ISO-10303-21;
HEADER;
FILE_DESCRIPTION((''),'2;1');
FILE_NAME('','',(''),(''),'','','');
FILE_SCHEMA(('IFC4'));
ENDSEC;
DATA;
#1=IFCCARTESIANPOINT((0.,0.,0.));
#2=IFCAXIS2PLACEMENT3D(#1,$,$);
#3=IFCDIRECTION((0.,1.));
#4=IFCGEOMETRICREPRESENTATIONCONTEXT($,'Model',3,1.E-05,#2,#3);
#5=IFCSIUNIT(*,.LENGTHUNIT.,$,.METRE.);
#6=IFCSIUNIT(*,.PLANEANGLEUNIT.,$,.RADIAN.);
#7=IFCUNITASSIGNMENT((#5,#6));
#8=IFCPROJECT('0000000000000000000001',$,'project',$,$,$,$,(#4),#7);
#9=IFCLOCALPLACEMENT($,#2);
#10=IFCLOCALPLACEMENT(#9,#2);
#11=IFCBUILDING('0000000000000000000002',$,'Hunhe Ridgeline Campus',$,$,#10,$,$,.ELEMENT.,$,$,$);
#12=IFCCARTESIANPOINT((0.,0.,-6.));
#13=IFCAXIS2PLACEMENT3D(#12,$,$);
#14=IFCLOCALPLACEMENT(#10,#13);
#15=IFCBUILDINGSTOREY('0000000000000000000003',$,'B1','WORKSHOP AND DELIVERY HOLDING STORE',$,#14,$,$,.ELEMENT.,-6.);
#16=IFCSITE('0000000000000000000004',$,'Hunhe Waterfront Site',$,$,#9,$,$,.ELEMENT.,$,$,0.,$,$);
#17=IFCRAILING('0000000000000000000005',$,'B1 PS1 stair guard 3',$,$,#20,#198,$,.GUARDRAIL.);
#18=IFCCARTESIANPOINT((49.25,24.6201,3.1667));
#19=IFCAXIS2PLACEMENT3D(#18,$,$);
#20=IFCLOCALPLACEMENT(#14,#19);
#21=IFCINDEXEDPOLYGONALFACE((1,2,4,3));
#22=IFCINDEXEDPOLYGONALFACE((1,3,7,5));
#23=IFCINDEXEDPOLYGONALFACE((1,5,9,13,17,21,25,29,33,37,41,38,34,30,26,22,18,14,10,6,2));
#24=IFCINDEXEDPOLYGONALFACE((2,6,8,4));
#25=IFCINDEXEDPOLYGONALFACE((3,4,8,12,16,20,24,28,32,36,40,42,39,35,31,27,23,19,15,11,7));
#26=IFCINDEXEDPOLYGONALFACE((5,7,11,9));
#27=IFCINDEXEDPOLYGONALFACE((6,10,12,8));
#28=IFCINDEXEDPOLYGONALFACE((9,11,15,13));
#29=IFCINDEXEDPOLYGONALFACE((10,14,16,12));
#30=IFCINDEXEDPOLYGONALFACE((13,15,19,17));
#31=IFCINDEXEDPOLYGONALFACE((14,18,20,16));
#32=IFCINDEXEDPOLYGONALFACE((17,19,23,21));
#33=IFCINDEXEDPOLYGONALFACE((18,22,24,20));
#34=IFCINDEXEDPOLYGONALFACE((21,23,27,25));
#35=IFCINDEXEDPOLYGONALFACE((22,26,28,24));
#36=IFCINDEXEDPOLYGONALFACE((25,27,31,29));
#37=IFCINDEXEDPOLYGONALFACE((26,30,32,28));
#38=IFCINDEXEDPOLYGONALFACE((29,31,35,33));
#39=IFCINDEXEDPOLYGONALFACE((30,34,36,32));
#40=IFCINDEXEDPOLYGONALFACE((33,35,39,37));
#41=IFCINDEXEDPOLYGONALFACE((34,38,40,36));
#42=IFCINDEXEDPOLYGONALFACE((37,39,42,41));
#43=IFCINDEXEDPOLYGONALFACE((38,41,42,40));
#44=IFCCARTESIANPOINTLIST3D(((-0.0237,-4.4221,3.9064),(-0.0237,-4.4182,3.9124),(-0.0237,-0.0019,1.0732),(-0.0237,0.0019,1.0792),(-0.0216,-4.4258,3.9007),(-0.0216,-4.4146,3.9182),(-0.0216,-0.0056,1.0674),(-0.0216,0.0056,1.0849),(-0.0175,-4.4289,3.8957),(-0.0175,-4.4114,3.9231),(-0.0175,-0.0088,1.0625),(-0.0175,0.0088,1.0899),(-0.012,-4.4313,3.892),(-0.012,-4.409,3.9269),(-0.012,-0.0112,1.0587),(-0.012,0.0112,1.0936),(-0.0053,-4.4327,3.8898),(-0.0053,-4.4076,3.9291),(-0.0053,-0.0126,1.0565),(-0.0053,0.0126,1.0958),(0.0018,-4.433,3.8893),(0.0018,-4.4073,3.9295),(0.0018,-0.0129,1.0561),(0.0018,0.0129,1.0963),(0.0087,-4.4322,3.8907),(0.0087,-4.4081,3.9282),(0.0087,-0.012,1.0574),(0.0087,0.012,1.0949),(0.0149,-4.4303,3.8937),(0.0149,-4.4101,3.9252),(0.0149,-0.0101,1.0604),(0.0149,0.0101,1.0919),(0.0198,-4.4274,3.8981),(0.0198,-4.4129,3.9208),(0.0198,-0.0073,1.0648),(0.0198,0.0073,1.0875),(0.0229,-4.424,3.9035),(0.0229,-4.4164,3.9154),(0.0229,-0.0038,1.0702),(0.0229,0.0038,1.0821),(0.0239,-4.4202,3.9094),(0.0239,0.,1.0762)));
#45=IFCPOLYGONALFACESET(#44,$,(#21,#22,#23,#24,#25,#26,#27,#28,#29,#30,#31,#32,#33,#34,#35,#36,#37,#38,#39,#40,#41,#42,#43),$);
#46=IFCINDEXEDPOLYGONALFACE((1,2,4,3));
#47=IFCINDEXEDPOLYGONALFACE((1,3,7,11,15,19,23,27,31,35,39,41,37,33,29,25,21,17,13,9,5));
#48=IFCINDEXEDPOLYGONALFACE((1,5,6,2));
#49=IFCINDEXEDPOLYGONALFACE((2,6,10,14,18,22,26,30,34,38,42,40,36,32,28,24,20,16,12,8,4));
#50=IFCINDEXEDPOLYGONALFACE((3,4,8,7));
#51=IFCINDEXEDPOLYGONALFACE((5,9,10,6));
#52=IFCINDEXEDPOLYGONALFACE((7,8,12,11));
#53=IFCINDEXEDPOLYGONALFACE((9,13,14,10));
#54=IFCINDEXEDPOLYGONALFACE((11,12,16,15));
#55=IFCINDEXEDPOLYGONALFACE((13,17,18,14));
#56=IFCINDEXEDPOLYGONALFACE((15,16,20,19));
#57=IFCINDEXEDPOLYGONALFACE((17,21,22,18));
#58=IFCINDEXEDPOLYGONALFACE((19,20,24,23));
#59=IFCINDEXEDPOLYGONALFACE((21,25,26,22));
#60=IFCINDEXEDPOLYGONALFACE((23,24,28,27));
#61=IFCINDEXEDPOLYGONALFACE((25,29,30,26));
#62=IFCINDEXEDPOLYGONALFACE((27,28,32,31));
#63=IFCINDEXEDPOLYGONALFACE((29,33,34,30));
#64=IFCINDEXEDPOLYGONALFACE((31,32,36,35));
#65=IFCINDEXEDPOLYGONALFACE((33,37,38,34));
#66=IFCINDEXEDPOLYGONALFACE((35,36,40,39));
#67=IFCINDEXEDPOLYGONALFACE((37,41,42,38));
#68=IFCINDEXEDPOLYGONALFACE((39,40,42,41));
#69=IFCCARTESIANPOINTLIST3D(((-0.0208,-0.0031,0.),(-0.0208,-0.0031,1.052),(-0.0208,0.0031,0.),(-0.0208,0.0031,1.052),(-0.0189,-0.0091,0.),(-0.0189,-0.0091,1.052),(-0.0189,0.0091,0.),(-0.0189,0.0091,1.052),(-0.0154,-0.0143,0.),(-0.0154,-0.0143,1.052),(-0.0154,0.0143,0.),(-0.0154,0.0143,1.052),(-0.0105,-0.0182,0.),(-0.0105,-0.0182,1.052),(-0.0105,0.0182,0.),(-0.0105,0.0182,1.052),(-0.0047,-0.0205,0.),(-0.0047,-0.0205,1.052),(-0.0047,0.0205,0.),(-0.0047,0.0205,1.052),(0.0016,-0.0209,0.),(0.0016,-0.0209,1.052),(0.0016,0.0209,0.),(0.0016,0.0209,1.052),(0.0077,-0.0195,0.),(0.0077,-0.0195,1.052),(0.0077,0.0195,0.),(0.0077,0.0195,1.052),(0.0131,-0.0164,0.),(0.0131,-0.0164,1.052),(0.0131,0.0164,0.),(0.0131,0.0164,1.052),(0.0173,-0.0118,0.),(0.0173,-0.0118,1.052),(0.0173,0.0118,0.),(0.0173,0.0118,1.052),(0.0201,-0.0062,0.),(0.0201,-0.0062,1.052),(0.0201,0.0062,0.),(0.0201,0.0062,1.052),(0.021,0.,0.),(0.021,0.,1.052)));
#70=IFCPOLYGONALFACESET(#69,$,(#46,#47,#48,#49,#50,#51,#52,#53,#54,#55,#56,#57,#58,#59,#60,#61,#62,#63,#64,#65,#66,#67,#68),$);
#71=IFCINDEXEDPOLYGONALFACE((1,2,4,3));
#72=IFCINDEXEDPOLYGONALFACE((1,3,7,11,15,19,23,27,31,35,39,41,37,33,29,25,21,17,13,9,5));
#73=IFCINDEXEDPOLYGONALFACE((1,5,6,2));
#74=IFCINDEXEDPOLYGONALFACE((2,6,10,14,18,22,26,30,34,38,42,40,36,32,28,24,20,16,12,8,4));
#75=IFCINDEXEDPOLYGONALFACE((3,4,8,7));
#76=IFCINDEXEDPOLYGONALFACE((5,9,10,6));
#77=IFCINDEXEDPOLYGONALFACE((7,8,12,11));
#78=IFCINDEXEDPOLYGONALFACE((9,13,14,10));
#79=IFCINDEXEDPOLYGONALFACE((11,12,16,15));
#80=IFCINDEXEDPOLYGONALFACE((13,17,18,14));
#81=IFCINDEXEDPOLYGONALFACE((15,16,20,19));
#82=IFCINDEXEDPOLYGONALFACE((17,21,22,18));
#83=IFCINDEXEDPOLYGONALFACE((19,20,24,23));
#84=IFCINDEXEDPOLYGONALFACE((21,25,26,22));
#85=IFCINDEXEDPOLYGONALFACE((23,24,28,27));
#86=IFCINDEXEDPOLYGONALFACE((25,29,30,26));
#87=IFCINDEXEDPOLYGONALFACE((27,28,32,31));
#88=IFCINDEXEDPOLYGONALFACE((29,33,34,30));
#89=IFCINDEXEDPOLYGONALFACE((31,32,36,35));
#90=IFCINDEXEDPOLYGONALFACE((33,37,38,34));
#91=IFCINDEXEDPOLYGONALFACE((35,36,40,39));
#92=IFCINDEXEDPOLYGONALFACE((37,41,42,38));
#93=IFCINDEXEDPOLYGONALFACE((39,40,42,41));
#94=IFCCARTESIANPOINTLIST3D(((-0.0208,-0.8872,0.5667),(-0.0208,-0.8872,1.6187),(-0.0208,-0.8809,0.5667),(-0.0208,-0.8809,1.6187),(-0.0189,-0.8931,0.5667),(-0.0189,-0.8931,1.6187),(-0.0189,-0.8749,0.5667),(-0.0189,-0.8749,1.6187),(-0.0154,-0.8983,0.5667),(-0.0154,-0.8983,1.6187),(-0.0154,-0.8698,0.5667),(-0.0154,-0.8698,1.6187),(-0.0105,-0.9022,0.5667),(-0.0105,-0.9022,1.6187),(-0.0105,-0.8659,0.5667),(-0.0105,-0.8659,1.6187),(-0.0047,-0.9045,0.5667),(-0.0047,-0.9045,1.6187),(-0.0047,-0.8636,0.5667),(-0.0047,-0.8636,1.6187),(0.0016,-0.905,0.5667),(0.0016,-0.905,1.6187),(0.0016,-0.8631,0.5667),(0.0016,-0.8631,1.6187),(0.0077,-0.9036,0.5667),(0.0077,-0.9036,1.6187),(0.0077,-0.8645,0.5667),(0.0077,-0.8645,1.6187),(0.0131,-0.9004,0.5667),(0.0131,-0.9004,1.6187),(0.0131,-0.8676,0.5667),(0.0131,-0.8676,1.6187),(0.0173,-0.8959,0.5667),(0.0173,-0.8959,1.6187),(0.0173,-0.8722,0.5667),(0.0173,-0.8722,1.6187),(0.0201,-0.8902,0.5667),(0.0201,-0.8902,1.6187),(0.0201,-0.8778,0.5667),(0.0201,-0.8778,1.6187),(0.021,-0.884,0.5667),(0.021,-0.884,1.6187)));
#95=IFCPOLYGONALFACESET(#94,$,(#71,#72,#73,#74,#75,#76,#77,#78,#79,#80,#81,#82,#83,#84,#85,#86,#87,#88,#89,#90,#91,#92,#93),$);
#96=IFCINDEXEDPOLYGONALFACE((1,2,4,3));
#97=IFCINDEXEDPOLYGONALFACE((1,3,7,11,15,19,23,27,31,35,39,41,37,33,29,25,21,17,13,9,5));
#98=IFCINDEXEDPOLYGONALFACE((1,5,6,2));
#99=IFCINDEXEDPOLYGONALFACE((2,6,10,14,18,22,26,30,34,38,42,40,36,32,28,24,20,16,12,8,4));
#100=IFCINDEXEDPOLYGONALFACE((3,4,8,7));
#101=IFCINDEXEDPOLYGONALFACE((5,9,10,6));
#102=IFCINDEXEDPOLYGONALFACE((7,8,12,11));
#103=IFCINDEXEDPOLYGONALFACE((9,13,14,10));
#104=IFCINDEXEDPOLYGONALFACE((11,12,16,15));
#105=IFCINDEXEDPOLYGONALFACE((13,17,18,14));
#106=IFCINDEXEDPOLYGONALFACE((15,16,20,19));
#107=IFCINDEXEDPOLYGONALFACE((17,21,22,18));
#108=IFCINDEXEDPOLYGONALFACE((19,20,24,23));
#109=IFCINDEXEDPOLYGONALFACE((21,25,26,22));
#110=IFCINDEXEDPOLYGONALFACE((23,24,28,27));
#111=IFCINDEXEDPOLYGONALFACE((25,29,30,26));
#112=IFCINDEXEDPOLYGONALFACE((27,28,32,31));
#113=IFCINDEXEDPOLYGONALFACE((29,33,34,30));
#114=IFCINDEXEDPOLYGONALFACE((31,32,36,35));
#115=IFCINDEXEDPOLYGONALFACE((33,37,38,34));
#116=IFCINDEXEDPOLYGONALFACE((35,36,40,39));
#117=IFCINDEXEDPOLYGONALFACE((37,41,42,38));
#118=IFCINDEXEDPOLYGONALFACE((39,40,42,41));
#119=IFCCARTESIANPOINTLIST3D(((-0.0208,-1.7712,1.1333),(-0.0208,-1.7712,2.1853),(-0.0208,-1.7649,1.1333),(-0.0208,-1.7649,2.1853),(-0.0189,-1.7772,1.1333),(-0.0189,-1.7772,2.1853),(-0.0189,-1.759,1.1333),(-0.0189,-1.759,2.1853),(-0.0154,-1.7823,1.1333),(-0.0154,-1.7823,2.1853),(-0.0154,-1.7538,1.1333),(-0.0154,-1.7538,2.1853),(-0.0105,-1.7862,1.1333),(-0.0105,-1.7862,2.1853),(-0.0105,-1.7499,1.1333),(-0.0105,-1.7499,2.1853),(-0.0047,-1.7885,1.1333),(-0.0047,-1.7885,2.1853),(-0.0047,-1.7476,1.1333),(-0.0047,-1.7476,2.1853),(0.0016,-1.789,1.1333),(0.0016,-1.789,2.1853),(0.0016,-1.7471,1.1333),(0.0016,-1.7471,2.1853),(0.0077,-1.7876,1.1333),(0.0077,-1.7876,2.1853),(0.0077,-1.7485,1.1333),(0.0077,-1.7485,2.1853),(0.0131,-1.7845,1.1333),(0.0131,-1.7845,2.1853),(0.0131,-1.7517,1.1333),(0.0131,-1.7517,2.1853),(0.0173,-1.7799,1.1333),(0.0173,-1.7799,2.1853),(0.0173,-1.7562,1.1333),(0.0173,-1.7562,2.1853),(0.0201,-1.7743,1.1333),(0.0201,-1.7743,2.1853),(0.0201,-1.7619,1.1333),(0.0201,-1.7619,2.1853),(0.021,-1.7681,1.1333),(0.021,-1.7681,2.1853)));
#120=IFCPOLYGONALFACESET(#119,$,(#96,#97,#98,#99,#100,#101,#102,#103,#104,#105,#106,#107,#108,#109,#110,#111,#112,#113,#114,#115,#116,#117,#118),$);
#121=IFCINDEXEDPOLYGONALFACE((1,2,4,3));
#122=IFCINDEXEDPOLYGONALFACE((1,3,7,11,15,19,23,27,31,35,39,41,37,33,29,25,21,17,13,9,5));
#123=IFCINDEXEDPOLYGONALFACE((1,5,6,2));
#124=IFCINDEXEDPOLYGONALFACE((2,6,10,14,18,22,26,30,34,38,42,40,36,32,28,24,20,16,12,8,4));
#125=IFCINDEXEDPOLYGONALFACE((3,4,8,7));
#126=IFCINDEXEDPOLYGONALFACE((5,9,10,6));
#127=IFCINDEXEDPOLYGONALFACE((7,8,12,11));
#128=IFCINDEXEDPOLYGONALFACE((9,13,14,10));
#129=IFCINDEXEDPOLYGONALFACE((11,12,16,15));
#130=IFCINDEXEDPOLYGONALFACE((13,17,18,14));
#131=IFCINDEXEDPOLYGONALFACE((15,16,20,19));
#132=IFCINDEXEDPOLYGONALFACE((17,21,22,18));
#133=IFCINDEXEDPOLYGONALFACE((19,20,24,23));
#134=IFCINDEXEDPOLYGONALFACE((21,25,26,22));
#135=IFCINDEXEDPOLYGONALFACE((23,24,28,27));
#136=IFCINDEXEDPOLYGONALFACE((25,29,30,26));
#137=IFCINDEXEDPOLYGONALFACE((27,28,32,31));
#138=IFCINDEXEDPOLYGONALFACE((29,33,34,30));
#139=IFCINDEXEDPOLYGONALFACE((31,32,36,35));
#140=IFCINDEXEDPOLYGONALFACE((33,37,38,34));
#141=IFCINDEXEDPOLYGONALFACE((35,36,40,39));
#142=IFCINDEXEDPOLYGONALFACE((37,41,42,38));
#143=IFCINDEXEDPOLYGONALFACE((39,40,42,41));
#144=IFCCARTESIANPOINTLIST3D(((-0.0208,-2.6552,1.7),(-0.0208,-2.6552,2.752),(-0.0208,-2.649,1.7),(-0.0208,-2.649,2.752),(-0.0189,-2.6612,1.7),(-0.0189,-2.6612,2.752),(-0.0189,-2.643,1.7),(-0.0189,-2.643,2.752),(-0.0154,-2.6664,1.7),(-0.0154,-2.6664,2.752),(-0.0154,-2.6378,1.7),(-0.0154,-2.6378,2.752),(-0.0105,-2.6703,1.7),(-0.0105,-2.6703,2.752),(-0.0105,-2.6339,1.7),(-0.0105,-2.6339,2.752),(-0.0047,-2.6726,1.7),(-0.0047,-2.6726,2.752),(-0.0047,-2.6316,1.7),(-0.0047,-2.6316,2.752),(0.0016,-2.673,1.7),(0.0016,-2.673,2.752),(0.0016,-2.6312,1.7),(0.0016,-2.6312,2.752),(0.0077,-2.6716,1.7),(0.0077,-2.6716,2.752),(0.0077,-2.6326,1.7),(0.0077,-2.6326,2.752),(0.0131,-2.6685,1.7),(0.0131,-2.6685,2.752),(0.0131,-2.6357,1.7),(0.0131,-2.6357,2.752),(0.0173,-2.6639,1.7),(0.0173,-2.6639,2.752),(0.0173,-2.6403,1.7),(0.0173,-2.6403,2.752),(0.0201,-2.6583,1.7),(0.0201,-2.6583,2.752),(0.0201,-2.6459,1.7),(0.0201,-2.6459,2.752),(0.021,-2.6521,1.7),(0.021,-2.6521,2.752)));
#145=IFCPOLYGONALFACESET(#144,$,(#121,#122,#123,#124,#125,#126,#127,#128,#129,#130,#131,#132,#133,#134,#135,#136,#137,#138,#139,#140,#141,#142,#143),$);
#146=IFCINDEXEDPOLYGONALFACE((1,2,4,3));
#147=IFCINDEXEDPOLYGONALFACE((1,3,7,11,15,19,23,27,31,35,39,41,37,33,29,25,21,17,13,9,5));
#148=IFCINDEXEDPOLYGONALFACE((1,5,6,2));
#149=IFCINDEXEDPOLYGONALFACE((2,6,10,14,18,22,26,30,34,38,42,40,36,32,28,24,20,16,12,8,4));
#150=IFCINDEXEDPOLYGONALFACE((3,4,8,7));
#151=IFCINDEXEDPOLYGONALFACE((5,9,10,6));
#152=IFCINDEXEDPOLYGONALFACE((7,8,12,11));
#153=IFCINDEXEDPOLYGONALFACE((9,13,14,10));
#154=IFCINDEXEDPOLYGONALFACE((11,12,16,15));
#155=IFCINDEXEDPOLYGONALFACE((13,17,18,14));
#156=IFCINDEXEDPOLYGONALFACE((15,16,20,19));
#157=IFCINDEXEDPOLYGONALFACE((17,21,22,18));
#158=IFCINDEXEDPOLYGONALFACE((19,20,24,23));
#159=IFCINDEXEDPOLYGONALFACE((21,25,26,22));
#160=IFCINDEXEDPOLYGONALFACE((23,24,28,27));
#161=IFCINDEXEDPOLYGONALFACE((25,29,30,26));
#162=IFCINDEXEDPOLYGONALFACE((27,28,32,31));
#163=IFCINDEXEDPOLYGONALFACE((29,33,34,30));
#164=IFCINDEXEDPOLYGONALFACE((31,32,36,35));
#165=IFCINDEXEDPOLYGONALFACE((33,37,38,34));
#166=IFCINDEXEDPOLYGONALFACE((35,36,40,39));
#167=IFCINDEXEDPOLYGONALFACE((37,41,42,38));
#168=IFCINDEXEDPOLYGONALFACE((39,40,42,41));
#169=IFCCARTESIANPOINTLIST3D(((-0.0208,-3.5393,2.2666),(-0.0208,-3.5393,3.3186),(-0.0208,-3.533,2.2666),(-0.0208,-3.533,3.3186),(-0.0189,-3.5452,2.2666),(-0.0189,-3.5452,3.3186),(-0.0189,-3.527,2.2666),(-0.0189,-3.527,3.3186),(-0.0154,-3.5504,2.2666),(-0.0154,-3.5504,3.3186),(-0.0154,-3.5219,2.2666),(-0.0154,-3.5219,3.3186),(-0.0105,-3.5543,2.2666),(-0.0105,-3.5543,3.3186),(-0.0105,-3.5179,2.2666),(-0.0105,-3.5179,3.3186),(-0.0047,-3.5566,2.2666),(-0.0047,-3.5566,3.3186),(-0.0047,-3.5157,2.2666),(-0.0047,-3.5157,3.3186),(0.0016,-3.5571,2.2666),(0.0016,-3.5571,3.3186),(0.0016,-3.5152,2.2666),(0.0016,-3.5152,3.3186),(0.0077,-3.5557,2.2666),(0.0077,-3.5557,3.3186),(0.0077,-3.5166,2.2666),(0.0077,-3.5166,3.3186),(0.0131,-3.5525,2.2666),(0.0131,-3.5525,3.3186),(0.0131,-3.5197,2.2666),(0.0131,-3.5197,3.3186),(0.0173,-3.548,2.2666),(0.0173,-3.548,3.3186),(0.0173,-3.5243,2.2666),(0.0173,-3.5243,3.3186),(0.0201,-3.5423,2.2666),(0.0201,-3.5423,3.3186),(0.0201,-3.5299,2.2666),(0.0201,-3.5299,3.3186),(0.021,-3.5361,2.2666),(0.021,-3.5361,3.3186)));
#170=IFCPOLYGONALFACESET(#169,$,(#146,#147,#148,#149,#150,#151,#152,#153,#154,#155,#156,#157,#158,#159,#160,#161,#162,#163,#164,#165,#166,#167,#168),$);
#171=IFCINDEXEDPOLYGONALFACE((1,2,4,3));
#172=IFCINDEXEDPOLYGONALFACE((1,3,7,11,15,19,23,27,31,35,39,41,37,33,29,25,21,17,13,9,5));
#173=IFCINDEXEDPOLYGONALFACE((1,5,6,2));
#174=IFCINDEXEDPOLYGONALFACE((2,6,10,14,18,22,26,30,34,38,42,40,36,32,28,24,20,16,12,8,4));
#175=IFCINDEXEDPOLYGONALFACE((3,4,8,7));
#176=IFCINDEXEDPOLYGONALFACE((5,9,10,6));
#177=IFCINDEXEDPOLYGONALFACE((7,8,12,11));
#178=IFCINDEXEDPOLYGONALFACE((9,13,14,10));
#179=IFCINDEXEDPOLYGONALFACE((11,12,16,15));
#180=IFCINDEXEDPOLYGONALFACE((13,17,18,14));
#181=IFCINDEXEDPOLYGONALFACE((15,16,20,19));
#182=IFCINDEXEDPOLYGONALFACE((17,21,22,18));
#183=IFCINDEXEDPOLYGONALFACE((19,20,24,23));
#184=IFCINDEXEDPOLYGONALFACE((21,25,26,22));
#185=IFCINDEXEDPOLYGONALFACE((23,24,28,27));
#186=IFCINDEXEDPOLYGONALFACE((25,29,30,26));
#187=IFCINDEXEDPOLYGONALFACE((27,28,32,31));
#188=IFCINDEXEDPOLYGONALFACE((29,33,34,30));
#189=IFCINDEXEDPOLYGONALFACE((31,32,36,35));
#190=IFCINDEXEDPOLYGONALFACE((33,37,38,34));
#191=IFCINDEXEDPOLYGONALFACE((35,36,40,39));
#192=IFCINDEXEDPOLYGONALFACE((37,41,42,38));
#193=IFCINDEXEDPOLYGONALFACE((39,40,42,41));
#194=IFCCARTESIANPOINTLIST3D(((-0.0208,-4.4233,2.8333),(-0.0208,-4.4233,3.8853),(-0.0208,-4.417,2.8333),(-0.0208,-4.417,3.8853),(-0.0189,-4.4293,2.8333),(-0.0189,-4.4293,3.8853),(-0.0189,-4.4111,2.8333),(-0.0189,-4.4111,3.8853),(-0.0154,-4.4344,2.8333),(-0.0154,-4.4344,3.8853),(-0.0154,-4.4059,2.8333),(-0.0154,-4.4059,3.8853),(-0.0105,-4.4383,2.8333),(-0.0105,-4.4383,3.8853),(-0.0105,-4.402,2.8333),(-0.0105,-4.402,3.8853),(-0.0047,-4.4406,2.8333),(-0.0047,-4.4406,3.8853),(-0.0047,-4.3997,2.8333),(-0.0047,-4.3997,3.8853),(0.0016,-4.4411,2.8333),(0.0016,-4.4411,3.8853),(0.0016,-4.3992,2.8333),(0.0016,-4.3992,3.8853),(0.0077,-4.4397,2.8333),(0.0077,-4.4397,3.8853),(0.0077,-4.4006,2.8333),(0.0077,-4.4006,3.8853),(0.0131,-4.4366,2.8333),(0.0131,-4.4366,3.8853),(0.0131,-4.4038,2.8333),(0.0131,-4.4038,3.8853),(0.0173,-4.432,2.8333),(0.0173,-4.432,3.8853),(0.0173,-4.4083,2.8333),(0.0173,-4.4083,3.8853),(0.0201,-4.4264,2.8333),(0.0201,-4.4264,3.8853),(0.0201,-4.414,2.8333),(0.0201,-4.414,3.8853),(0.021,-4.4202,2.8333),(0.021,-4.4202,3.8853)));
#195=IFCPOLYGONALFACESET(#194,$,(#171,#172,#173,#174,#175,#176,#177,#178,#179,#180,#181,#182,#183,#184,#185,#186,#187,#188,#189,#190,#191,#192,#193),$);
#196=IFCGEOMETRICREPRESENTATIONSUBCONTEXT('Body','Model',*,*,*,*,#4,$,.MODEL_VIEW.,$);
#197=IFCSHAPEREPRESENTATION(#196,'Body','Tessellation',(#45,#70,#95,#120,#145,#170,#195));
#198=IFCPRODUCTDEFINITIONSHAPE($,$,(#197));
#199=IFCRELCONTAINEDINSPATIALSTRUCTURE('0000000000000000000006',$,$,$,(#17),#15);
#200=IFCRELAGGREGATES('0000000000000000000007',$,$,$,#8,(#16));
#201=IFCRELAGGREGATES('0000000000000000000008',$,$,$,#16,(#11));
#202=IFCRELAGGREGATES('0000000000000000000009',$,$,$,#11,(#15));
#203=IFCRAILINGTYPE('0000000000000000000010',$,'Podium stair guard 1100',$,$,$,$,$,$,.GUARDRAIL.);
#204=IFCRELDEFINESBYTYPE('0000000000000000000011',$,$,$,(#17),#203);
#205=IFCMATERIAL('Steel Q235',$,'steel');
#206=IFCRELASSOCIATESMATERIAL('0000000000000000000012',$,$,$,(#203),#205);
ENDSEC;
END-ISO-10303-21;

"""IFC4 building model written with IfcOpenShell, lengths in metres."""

from ifc_helpers import new_model, si_unit, direction, frame, origin, origin_2d, place, context, subcontext, project, spatial, circle, extrude, material, type_object, element, save


model = new_model("IFC4")

# Units and contexts
model_context = context("Model", 3, precision=1e-05, world=origin(), true_north=direction((0.0, 1.0)))
body_context = subcontext(model_context, "Body", "Model", "MODEL_VIEW")
ifc_project = project(units=[si_unit("LENGTHUNIT", "METRE"), si_unit("PLANEANGLEUNIT", "RADIAN")], contexts=[model_context])

# Site, building, storey
site_placement = place(None, origin())
site = spatial("IfcSite", under=ifc_project, at=site_placement, Name="Hunhe Waterfront Site", CompositionType="ELEMENT", RefElevation=0.0)
building_placement = place(site_placement, origin())
building = spatial("IfcBuilding", under=site, at=building_placement, Name="Hunhe Ridgeline Campus", CompositionType="ELEMENT")
storey_placement = place(building_placement, frame((0.0, 0.0, -6.0)))
storey = spatial("IfcBuildingStorey", under=building, at=storey_placement, Name="B1", Description="WORKSHOP AND DELIVERY HOLDING STORE", CompositionType="ELEMENT", Elevation=-6.0)

# Shared definitions
ifc_material_1 = material(Name="Steel Q235", Category="steel")

# Railing
railing_type_1 = type_object("IfcRailingType", Name="Podium stair guard 1100", PredefinedType="GUARDRAIL", material=ifc_material_1)
railing_1_placement = place(storey_placement, frame((49.25, 24.6201, 3.1667)))
element("IfcRailing", 1, at=railing_1_placement, inside=storey, type_object=railing_type_1, Name="B1 PS1 stair guard 3", PredefinedType="GUARDRAIL", context=body_context, shape_type="SweptSolid", body=[
    extrude(circle(Radius=0.0239, at=origin_2d()), frame((0.0, 0.0, 1.0762), z_axis=(0.0, -0.841895, 0.539641), x_axis=(1.0, 0.0, 0.0)), (0.0, 0.0, 1.0), 5.2502),
    extrude(circle(Radius=0.021, at=origin_2d()), origin(), (0.0, 0.0, 1.0), 1.052),
    extrude(circle(Radius=0.021, at=origin_2d()), frame((0.0, -0.884, 0.5667)), (0.0, 0.0, 1.0), 1.052),
    extrude(circle(Radius=0.021, at=origin_2d()), frame((0.0, -1.7681, 1.1333)), (0.0, 0.0, 1.0), 1.052),
    extrude(circle(Radius=0.021, at=origin_2d()), frame((0.0, -2.6521, 1.7)), (0.0, 0.0, 1.0), 1.052),
    extrude(circle(Radius=0.021, at=origin_2d()), frame((0.0, -3.5361, 2.2666)), (0.0, 0.0, 1.0), 1.052),
    extrude(circle(Radius=0.021, at=origin_2d()), frame((0.0, -4.4202, 2.8333)), (0.0, 0.0, 1.0), 1.052),
])

save(model, "model.ifc")
